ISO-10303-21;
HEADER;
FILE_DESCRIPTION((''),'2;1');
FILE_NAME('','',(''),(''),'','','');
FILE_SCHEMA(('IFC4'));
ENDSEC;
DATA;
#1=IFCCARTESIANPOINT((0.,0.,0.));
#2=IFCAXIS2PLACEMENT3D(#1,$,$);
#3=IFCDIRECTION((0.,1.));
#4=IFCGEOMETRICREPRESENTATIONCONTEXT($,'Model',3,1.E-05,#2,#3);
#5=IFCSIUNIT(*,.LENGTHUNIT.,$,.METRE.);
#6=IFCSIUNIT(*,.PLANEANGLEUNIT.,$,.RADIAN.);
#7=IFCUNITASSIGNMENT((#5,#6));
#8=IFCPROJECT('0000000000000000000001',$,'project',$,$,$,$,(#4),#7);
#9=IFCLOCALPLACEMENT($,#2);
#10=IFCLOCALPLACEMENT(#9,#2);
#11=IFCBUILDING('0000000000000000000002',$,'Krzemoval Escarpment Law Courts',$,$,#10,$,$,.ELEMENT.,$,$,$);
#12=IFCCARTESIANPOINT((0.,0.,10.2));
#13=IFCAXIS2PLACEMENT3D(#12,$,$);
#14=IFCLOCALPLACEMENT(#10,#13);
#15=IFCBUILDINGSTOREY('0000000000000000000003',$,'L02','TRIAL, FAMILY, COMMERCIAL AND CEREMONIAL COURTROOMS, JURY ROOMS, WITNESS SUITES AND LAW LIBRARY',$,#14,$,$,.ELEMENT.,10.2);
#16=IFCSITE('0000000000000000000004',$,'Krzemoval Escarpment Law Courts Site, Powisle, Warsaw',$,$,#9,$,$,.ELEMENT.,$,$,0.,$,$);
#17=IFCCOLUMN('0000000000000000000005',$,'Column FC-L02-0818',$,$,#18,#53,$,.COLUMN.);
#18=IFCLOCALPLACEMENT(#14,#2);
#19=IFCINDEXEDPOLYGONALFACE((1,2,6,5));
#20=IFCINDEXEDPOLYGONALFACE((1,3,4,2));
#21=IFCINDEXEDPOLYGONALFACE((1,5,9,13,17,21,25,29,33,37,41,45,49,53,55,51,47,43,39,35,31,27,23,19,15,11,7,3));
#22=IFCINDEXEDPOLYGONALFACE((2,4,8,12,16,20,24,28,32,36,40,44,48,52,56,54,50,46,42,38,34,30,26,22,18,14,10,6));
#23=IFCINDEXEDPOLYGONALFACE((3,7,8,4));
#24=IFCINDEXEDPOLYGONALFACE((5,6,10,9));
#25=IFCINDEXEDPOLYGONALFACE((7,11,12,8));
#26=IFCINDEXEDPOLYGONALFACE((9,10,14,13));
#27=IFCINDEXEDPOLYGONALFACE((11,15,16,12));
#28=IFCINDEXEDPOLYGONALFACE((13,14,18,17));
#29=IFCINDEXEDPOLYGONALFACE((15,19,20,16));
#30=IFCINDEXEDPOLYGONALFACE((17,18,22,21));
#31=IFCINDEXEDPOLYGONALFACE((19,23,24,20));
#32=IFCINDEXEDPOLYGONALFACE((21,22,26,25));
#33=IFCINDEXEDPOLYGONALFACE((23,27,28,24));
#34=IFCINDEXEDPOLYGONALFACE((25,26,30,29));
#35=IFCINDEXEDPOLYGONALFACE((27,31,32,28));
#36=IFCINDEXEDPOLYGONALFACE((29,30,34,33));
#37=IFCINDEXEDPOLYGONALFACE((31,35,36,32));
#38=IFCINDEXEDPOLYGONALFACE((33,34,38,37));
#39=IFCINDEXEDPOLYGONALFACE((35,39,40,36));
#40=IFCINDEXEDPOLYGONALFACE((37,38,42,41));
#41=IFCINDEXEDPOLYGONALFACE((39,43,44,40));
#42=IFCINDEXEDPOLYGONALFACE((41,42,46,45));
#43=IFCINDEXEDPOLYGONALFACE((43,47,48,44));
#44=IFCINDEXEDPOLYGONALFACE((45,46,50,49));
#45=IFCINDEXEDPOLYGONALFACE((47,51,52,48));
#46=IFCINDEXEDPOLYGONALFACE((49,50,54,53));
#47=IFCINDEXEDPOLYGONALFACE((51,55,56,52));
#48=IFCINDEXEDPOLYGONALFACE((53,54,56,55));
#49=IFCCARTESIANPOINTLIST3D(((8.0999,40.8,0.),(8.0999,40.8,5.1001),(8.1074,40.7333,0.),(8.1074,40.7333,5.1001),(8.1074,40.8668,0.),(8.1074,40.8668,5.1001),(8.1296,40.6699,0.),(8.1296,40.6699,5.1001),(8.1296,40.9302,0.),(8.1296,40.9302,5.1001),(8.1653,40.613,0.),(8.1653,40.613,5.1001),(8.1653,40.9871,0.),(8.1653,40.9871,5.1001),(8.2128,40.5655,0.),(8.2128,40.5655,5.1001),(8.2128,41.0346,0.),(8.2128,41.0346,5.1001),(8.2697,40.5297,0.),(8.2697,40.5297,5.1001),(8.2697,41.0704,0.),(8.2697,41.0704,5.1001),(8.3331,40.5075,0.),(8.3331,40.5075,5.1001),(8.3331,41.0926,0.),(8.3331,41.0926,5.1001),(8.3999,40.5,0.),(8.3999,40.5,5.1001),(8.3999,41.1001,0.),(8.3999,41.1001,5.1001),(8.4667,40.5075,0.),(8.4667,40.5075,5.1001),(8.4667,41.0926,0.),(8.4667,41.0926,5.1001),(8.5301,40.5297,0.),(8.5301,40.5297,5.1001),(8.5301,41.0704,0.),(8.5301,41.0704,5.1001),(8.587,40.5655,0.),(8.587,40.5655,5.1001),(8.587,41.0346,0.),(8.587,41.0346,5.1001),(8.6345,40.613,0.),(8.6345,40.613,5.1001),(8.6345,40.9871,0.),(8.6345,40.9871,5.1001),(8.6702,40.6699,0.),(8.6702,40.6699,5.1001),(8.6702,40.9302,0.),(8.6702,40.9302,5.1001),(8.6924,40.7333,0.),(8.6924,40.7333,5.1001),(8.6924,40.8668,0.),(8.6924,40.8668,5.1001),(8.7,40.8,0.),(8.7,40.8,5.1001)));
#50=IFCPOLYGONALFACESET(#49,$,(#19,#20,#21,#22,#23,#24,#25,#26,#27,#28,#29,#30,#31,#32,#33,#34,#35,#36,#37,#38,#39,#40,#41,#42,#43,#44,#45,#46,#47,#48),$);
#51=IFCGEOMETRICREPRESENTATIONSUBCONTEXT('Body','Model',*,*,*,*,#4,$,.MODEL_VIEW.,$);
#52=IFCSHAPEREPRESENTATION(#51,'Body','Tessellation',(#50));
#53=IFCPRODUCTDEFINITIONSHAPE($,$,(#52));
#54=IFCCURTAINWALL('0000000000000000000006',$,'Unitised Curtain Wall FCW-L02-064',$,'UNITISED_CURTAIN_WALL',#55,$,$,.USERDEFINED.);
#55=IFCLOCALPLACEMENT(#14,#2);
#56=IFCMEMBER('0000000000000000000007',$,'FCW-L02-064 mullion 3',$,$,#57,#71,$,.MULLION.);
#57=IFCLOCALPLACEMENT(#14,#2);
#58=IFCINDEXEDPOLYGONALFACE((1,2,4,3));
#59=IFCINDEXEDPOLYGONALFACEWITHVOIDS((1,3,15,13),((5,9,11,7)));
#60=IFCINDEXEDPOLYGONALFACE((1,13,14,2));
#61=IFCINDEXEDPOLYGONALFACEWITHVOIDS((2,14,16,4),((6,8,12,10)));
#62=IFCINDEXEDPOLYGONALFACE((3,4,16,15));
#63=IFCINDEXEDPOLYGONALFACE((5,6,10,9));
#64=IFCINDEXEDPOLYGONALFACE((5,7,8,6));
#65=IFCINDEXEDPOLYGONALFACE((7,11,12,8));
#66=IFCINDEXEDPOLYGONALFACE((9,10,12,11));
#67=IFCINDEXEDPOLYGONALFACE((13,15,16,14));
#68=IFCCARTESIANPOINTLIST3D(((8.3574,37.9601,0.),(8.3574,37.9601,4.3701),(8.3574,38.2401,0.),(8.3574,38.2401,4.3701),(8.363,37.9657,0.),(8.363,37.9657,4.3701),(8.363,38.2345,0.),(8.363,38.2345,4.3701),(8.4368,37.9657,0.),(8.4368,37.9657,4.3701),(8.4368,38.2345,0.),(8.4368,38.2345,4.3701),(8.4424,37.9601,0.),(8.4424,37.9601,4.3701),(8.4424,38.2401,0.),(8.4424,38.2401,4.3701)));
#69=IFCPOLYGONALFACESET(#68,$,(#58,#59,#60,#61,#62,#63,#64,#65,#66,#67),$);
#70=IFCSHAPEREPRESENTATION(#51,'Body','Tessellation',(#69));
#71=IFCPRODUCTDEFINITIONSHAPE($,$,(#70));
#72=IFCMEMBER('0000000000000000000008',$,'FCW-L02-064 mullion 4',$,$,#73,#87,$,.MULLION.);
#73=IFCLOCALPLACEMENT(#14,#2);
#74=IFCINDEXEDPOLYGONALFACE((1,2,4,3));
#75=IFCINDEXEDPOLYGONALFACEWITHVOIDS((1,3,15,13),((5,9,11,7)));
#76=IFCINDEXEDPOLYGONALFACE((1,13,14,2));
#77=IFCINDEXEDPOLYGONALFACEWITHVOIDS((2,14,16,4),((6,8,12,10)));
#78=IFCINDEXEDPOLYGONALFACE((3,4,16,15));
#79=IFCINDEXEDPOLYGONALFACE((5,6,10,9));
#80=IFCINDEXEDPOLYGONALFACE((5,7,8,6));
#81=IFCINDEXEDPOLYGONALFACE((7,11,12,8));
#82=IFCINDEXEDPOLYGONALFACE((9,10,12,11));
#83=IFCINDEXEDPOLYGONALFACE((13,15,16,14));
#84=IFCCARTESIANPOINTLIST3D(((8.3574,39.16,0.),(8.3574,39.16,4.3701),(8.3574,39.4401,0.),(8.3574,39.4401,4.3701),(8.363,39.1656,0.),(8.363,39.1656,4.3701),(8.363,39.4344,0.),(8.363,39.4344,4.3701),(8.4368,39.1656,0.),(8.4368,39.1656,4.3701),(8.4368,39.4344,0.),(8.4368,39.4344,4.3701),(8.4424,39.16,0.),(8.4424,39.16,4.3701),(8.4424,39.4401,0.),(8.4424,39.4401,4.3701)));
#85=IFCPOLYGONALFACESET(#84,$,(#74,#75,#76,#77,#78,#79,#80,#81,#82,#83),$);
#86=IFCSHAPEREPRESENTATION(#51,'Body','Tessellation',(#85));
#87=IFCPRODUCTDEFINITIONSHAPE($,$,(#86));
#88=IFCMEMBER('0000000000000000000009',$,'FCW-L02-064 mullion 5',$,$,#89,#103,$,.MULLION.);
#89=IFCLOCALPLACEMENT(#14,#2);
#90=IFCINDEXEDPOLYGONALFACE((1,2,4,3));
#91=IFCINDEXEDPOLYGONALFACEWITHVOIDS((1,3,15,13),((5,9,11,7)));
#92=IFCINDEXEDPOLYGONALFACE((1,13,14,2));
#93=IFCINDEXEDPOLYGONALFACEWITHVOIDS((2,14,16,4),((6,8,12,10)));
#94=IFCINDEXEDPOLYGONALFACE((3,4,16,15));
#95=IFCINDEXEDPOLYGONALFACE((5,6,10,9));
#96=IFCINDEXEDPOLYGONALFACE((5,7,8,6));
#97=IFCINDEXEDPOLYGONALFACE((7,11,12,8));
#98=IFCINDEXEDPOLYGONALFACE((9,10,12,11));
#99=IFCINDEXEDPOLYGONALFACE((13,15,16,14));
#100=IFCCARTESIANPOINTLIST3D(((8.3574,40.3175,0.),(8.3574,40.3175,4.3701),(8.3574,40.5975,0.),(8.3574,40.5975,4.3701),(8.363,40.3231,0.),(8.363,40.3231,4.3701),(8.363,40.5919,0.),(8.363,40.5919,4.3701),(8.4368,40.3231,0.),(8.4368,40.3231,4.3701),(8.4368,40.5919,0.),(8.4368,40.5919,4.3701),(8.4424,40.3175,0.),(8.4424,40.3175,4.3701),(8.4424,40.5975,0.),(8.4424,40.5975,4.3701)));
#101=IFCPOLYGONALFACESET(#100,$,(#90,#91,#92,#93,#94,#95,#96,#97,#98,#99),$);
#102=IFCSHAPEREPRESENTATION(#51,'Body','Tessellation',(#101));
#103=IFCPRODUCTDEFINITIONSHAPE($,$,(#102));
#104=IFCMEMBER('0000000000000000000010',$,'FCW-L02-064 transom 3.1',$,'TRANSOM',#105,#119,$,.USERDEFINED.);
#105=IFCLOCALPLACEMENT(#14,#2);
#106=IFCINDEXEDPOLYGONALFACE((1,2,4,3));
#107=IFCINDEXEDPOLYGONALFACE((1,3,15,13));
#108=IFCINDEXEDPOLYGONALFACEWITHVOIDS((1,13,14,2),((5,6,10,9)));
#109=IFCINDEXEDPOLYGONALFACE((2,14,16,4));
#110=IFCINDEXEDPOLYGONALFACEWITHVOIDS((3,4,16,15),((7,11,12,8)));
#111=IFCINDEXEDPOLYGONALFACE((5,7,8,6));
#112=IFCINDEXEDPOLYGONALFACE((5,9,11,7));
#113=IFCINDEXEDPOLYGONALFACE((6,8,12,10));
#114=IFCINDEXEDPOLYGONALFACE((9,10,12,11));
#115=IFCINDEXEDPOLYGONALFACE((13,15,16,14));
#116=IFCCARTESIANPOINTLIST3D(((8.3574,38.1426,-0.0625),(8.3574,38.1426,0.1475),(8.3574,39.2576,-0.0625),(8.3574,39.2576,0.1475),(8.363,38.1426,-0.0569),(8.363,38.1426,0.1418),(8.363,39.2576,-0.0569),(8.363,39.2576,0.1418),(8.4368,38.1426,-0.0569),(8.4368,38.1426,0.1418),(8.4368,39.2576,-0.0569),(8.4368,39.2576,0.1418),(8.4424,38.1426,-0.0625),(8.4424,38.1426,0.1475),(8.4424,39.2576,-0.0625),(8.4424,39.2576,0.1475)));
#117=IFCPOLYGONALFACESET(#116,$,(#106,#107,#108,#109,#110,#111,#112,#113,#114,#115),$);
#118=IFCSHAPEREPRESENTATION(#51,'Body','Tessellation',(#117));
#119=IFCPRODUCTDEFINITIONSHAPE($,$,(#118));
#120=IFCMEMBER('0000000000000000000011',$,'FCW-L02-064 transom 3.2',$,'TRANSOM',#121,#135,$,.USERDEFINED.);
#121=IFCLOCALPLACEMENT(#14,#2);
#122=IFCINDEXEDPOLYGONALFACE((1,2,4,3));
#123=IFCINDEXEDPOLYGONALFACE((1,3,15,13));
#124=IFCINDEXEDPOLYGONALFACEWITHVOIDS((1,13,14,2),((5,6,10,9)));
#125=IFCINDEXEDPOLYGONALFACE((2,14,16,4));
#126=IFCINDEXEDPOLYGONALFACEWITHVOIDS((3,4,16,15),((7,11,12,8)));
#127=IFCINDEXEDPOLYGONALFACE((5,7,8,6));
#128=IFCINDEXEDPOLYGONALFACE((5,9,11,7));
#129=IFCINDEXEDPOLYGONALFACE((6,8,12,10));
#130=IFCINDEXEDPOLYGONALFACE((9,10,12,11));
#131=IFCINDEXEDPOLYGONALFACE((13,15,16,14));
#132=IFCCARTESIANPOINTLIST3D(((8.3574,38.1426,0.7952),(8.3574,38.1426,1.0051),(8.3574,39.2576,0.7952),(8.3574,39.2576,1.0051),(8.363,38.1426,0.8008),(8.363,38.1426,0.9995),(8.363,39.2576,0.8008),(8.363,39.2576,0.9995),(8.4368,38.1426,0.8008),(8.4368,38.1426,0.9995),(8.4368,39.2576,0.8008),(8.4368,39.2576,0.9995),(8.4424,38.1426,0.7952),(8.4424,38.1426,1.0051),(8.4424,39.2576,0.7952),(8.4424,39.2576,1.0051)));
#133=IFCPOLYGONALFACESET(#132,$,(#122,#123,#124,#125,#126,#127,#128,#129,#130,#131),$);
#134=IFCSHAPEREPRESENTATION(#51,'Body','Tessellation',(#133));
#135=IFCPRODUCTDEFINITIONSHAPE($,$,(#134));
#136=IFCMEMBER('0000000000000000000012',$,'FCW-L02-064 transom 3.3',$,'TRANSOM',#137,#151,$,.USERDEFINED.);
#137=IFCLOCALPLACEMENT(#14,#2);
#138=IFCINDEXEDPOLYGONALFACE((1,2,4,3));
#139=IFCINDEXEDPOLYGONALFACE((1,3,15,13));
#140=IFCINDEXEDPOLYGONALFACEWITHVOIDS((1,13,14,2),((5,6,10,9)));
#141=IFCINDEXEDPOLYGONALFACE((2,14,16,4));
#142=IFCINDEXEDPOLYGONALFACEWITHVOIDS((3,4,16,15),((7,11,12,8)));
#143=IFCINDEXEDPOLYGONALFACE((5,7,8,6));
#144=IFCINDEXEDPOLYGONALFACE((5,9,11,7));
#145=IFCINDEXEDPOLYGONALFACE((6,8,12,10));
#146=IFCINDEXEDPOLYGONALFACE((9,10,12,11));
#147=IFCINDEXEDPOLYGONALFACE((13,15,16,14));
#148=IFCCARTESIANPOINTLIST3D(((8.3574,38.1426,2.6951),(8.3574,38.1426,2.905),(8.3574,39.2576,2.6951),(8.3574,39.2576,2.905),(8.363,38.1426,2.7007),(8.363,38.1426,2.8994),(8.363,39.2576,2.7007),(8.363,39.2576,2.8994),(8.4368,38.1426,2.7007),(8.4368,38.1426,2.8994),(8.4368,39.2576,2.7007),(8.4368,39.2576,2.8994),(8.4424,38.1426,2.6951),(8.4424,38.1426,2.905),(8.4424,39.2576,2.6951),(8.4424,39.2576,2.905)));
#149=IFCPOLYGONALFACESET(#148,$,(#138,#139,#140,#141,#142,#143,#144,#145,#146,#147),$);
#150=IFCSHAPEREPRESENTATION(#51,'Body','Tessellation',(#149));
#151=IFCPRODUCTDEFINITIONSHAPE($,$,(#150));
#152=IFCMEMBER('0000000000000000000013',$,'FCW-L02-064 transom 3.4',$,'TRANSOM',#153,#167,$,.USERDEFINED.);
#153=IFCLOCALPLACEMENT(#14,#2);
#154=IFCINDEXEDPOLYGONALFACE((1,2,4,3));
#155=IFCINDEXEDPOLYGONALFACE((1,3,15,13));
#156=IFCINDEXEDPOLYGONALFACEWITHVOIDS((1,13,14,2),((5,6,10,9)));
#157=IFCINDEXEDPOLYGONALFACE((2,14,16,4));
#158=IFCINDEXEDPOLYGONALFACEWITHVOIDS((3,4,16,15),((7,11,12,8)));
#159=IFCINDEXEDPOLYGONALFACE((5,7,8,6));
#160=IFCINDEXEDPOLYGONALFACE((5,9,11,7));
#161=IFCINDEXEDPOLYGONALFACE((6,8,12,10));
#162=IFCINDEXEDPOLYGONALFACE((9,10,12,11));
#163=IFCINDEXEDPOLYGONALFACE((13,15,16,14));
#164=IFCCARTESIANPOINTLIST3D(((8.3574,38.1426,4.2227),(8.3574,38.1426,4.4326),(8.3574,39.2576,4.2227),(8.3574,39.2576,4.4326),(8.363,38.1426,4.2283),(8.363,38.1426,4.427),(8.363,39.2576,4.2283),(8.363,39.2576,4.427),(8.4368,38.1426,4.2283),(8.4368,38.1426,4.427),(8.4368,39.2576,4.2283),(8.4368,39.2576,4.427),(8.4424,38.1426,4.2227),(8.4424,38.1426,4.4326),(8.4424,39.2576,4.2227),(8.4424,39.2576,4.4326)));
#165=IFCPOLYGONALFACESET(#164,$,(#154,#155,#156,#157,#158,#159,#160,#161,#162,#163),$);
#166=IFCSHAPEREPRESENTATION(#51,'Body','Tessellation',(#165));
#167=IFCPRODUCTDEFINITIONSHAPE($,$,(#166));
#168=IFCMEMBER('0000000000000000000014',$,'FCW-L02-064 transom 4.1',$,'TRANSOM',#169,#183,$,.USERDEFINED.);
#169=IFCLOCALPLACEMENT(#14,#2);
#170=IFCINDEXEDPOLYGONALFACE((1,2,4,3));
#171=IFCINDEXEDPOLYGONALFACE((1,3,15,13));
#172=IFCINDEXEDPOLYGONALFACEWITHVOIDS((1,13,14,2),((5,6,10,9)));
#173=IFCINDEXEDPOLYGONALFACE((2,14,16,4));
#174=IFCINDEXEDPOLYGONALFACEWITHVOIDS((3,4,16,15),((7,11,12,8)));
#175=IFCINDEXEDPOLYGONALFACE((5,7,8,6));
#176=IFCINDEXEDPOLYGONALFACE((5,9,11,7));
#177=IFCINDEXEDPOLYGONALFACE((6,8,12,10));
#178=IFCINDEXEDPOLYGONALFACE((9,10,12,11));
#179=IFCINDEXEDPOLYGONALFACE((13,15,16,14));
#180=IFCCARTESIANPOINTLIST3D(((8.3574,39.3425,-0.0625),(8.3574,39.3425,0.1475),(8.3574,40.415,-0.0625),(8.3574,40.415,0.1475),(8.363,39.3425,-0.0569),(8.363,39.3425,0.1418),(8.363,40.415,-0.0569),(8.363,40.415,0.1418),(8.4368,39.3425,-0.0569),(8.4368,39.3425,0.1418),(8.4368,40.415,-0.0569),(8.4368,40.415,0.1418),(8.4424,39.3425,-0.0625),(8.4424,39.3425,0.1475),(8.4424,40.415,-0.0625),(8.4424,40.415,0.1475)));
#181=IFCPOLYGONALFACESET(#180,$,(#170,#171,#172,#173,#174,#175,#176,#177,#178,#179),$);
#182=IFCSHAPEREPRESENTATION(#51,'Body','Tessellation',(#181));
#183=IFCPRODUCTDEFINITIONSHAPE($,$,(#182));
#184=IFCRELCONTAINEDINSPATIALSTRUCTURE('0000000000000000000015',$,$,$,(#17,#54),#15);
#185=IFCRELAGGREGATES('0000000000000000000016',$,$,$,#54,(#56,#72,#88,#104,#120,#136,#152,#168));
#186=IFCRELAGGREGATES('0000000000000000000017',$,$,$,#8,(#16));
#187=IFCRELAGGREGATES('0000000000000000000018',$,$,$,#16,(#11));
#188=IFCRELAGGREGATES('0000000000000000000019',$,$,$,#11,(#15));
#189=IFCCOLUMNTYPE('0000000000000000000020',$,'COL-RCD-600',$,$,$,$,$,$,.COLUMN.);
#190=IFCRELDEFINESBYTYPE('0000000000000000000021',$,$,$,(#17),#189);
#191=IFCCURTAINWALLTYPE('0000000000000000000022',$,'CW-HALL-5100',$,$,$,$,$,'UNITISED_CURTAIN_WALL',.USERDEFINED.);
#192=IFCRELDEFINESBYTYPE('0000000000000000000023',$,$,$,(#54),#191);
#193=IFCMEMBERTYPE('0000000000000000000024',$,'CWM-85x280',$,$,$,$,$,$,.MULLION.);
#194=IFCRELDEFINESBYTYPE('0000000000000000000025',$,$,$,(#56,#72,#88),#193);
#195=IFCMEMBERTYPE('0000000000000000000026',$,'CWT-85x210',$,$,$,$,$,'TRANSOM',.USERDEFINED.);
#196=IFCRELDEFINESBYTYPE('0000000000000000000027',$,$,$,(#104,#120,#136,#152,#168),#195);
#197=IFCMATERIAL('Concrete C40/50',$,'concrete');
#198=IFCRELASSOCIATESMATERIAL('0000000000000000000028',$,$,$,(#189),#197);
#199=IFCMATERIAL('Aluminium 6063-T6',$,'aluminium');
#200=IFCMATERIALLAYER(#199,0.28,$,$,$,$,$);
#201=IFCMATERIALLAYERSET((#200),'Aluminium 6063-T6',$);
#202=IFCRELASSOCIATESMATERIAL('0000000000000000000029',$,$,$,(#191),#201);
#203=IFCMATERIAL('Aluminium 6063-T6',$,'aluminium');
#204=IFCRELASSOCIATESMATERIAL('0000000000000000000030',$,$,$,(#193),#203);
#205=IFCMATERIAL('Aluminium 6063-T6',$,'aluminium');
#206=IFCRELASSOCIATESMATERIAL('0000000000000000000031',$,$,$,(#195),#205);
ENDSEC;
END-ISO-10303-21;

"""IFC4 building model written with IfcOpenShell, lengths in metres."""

from ifc_helpers import new_model, si_unit, direction, frame, origin, origin_2d, place, context, subcontext, project, spatial, hollow_rectangle, circle, extrude, material, layer, layer_set, material_profile, profile_set, type_object, element, aggregate, save


model = new_model("IFC4")

# Units and contexts
model_context = context("Model", 3, precision=1e-05, world=origin(), true_north=direction((0.0, 1.0)))
body_context = subcontext(model_context, "Body", "Model", "MODEL_VIEW")
ifc_project = project(units=[si_unit("LENGTHUNIT", "METRE"), si_unit("PLANEANGLEUNIT", "RADIAN")], contexts=[model_context])

# Site, building, storey
site_placement = place(None, origin())
site = spatial("IfcSite", under=ifc_project, at=site_placement, Name="Krzemoval Escarpment Law Courts Site, Powisle, Warsaw", CompositionType="ELEMENT", RefElevation=0.0)
building_placement = place(site_placement, origin())
building = spatial("IfcBuilding", under=site, at=building_placement, Name="Krzemoval Escarpment Law Courts", CompositionType="ELEMENT")
storey_placement = place(building_placement, frame((0.0, 0.0, 10.2)))
storey = spatial("IfcBuildingStorey", under=building, at=storey_placement, Name="L02", Description="TRIAL, FAMILY, COMMERCIAL AND CEREMONIAL COURTROOMS, JURY ROOMS, WITNESS SUITES AND LAW LIBRARY", CompositionType="ELEMENT", Elevation=10.2)

# Column
ifc_material_1 = material(Name="Concrete C40/50", Category="concrete")
ifc_material_profile_1 = material_profile(ifc_material_1, circle(Radius=0.3, at=origin_2d()), Name="RC D600")
ifc_profile_set_1 = profile_set([ifc_material_profile_1], Name="Concrete C40/50")
column_type = type_object("IfcColumnType", Name="COL-RCD-600", PredefinedType="COLUMN", material=ifc_profile_set_1)
column_placement = place(storey_placement, frame((8.3999, 40.8, 0.0), z_axis=(0.0, 0.0, 1.0), x_axis=(1.0, 0.0, 0.0)))
element("IfcColumn", 1, at=column_placement, inside=storey, type_object=column_type, Name="Column FC-L02-0818", PredefinedType="COLUMN", context=body_context, shape_type="SweptSolid", body=[
    extrude(circle(Radius=0.3, at=origin_2d()), origin(), (0.0, 0.0, 1.0), 5.1001),
])

# Curtain wall, members
ifc_material_2 = material(Name="Aluminium 6063-T6", Category="aluminium")
ifc_layer_1 = layer(ifc_material_2, 0.28)
ifc_layer_set_1 = layer_set([ifc_layer_1], Name="Aluminium 6063-T6")
curtain_wall_type = type_object("IfcCurtainWallType", Name="CW-HALL-5100", ElementType="UNITISED_CURTAIN_WALL", PredefinedType="USERDEFINED", material=ifc_layer_set_1)
curtain_wall_placement = place(storey_placement, origin())
curtain_wall = element("IfcCurtainWall", 2, at=curtain_wall_placement, inside=storey, type_object=curtain_wall_type, Name="Unitised Curtain Wall FCW-L02-064", ObjectType="UNITISED_CURTAIN_WALL", PredefinedType="USERDEFINED")
ifc_material_3 = material(Name="Aluminium 6063-T6", Category="aluminium")
ifc_material_profile_2 = material_profile(ifc_material_3, hollow_rectangle(XDim=0.085, YDim=0.28, WallThickness=0.0056, at=origin_2d()), Name="ALU M85x280")
ifc_profile_set_2 = profile_set([ifc_material_profile_2], Name="Aluminium 6063-T6")
member_type_1 = type_object("IfcMemberType", Name="CWM-85x280", PredefinedType="MULLION", material=ifc_profile_set_2)
member_1_placement = place(storey_placement, frame((8.3999, 38.1001, 0.0), z_axis=(0.0, 0.0, 1.0), x_axis=(-1.0, 0.0, 0.0)))
member_1 = element("IfcMember", 3, at=member_1_placement, type_object=member_type_1, Name="FCW-L02-064 mullion 3", PredefinedType="MULLION", context=body_context, shape_type="SweptSolid", body=[
    extrude(hollow_rectangle(XDim=0.085, YDim=0.28, WallThickness=0.0056, at=origin_2d()), origin(), (0.0, 0.0, 1.0), 4.3701),
])
member_2_placement = place(storey_placement, frame((8.3999, 39.3, 0.0), z_axis=(0.0, 0.0, 1.0), x_axis=(-1.0, 0.0, 0.0)))
member_2 = element("IfcMember", 4, at=member_2_placement, type_object=member_type_1, Name="FCW-L02-064 mullion 4", PredefinedType="MULLION", context=body_context, shape_type="SweptSolid", body=[
    extrude(hollow_rectangle(XDim=0.085, YDim=0.28, WallThickness=0.0056, at=origin_2d()), origin(), (0.0, 0.0, 1.0), 4.3701),
])
member_3_placement = place(storey_placement, frame((8.3999, 40.4575, 0.0), z_axis=(0.0, 0.0, 1.0), x_axis=(-1.0, 0.0, 0.0)))
member_3 = element("IfcMember", 5, at=member_3_placement, type_object=member_type_1, Name="FCW-L02-064 mullion 5", PredefinedType="MULLION", context=body_context, shape_type="SweptSolid", body=[
    extrude(hollow_rectangle(XDim=0.085, YDim=0.28, WallThickness=0.0056, at=origin_2d()), origin(), (0.0, 0.0, 1.0), 4.3701),
])
ifc_material_4 = material(Name="Aluminium 6063-T6", Category="aluminium")
ifc_material_profile_3 = material_profile(ifc_material_4, hollow_rectangle(XDim=0.085, YDim=0.21, WallThickness=0.0056, at=origin_2d()), Name="ALU T85x210")
ifc_profile_set_3 = profile_set([ifc_material_profile_3], Name="Aluminium 6063-T6")
member_type_2 = type_object("IfcMemberType", Name="CWT-85x210", ElementType="TRANSOM", PredefinedType="USERDEFINED", material=ifc_profile_set_3)
member_4_placement = place(storey_placement, frame((8.3999, 38.1426, 0.0425), z_axis=(0.0, 1.0, 0.0), x_axis=(-1.0, 0.0, 0.0)))
member_4 = element("IfcMember", 6, at=member_4_placement, type_object=member_type_2, Name="FCW-L02-064 transom 3.1", ObjectType="TRANSOM", PredefinedType="USERDEFINED", context=body_context, shape_type="SweptSolid", body=[
    extrude(hollow_rectangle(XDim=0.085, YDim=0.21, WallThickness=0.0056, at=origin_2d()), origin(), (0.0, 0.0, 1.0), 1.115),
])
member_5_placement = place(storey_placement, frame((8.3999, 38.1426, 0.9001), z_axis=(0.0, 1.0, 0.0), x_axis=(-1.0, 0.0, 0.0)))
member_5 = element("IfcMember", 7, at=member_5_placement, type_object=member_type_2, Name="FCW-L02-064 transom 3.2", ObjectType="TRANSOM", PredefinedType="USERDEFINED", context=body_context, shape_type="SweptSolid", body=[
    extrude(hollow_rectangle(XDim=0.085, YDim=0.21, WallThickness=0.0056, at=origin_2d()), origin(), (0.0, 0.0, 1.0), 1.115),
])
member_6_placement = place(storey_placement, frame((8.3999, 38.1426, 2.8), z_axis=(0.0, 1.0, 0.0), x_axis=(-1.0, 0.0, 0.0)))
member_6 = element("IfcMember", 8, at=member_6_placement, type_object=member_type_2, Name="FCW-L02-064 transom 3.3", ObjectType="TRANSOM", PredefinedType="USERDEFINED", context=body_context, shape_type="SweptSolid", body=[
    extrude(hollow_rectangle(XDim=0.085, YDim=0.21, WallThickness=0.0056, at=origin_2d()), origin(), (0.0, 0.0, 1.0), 1.115),
])
member_7_placement = place(storey_placement, frame((8.3999, 38.1426, 4.3276), z_axis=(0.0, 1.0, 0.0), x_axis=(-1.0, 0.0, 0.0)))
member_7 = element("IfcMember", 9, at=member_7_placement, type_object=member_type_2, Name="FCW-L02-064 transom 3.4", ObjectType="TRANSOM", PredefinedType="USERDEFINED", context=body_context, shape_type="SweptSolid", body=[
    extrude(hollow_rectangle(XDim=0.085, YDim=0.21, WallThickness=0.0056, at=origin_2d()), origin(), (0.0, 0.0, 1.0), 1.115),
])
member_8_placement = place(storey_placement, frame((8.3999, 39.3425, 0.0425), z_axis=(0.0, 1.0, 0.0), x_axis=(-1.0, 0.0, 0.0)))
member_8 = element("IfcMember", 10, at=member_8_placement, type_object=member_type_2, Name="FCW-L02-064 transom 4.1", ObjectType="TRANSOM", PredefinedType="USERDEFINED", context=body_context, shape_type="SweptSolid", body=[
    extrude(hollow_rectangle(XDim=0.085, YDim=0.21, WallThickness=0.0056, at=origin_2d()), origin(), (0.0, 0.0, 1.0), 1.0725),
])

aggregate(curtain_wall, [member_1, member_2, member_3, member_4, member_5, member_6, member_7, member_8])

save(model, "model.ifc")
